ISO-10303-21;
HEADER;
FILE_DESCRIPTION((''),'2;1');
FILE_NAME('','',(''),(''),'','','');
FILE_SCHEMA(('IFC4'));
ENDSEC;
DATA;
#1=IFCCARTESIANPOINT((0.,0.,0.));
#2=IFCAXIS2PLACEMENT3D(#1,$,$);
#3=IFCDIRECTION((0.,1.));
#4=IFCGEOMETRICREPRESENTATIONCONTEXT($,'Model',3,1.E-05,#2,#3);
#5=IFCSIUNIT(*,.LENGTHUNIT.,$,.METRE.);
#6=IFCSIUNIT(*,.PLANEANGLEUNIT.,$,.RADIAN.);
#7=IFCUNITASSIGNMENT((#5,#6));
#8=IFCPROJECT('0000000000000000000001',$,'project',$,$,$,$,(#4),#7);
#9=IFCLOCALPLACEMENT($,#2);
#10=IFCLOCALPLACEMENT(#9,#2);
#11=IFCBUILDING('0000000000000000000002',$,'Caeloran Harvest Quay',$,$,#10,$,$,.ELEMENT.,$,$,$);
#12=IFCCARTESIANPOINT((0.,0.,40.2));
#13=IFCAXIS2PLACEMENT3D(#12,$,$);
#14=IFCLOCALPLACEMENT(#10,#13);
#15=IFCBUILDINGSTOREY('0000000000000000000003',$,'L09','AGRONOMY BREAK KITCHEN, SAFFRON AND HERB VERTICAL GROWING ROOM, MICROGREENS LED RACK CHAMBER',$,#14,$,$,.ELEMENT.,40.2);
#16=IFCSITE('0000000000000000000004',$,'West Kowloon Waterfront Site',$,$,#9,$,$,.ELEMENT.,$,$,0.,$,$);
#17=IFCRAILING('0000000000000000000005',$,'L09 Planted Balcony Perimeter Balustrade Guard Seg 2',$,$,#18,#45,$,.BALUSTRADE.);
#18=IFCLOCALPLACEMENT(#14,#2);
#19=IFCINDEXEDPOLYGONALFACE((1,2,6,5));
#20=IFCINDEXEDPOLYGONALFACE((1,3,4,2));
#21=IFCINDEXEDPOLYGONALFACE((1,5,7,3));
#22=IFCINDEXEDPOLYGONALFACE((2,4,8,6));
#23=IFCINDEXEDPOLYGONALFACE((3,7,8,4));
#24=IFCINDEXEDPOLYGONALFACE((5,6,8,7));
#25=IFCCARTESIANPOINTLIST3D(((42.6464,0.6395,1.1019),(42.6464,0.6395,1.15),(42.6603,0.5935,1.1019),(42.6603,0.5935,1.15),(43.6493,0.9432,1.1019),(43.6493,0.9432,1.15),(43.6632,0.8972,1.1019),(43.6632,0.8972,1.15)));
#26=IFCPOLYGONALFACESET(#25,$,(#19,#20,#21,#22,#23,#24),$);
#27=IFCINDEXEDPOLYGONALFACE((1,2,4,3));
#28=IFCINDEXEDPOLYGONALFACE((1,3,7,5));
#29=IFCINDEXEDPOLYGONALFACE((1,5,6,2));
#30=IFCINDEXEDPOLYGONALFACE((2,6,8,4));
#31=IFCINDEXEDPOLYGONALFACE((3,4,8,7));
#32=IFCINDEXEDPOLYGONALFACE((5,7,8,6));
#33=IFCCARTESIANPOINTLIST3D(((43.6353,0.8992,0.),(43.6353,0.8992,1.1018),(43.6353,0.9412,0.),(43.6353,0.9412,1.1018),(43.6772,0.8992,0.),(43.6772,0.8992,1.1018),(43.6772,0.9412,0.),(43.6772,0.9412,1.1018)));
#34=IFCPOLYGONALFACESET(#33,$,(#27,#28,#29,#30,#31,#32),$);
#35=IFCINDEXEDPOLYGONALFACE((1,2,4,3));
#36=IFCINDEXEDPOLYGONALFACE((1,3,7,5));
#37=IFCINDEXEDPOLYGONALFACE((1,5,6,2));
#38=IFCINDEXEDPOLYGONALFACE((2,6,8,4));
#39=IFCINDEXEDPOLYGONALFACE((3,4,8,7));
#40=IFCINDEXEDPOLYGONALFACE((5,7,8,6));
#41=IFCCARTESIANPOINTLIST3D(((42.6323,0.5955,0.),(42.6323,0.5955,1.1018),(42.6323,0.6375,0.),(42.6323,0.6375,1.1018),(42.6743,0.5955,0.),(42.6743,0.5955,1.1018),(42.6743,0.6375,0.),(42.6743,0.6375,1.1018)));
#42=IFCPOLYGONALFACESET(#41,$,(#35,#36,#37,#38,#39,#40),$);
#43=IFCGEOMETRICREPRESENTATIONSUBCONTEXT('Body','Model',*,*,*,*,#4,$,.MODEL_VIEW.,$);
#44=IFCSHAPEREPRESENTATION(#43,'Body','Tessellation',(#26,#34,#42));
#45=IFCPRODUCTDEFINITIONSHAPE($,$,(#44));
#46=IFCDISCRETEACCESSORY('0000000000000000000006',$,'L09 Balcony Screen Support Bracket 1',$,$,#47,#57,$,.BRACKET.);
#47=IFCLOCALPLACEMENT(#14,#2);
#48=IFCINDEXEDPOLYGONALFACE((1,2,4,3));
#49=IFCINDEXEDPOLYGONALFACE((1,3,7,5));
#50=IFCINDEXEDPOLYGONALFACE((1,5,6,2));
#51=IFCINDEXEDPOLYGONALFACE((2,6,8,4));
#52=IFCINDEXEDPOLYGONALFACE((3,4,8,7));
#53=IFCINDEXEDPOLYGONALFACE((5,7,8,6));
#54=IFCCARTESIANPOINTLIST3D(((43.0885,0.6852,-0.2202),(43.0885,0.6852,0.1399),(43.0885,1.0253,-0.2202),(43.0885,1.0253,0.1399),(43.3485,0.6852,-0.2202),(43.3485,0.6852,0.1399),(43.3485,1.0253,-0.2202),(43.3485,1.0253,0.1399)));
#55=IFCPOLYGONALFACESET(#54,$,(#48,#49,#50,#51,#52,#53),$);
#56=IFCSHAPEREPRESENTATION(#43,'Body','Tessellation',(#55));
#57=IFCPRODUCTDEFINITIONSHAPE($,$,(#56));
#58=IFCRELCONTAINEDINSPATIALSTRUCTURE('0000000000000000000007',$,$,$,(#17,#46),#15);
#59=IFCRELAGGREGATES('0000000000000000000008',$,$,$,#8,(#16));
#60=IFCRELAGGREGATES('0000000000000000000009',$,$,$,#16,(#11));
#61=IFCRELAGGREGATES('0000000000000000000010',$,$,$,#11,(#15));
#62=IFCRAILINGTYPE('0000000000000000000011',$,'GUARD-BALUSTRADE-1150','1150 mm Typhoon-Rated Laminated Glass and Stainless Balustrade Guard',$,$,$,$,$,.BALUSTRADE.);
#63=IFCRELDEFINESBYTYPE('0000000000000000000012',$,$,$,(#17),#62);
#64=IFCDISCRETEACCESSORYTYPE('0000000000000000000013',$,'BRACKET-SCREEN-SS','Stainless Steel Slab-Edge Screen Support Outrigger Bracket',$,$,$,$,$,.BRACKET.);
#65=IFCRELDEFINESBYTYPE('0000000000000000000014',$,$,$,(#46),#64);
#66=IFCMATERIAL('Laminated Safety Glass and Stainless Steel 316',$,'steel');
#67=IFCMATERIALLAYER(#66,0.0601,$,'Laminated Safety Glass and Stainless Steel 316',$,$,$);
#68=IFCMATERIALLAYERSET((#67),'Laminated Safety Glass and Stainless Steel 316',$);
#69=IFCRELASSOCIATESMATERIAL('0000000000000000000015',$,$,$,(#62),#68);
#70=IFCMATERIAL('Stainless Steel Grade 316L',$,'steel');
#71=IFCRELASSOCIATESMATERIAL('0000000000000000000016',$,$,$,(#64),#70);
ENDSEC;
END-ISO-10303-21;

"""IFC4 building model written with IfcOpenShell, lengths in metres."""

from ifc_helpers import new_model, si_unit, direction, frame, origin, origin_2d, place, context, subcontext, project, spatial, rectangle, extrude, material, layer, layer_set, type_object, element, save


model = new_model("IFC4")

# Units and contexts
model_context = context("Model", 3, precision=1e-05, world=origin(), true_north=direction((0.0, 1.0)))
body_context = subcontext(model_context, "Body", "Model", "MODEL_VIEW")
ifc_project = project(units=[si_unit("LENGTHUNIT", "METRE"), si_unit("PLANEANGLEUNIT", "RADIAN")], contexts=[model_context])

# Site, building, storey
site_placement = place(None, origin())
site = spatial("IfcSite", under=ifc_project, at=site_placement, Name="West Kowloon Waterfront Site", CompositionType="ELEMENT", RefElevation=0.0)
building_placement = place(site_placement, origin())
building = spatial("IfcBuilding", under=site, at=building_placement, Name="Caeloran Harvest Quay", CompositionType="ELEMENT")
storey_placement = place(building_placement, frame((0.0, 0.0, 40.2)))
storey = spatial("IfcBuildingStorey", under=building, at=storey_placement, Name="L09", Description="AGRONOMY BREAK KITCHEN, SAFFRON AND HERB VERTICAL GROWING ROOM, MICROGREENS LED RACK CHAMBER", CompositionType="ELEMENT", Elevation=40.2)

# Railing
ifc_material_1 = material(Name="Laminated Safety Glass and Stainless Steel 316", Category="steel")
ifc_layer_1 = layer(ifc_material_1, 0.0601, Name="Laminated Safety Glass and Stainless Steel 316")
ifc_layer_set_1 = layer_set([ifc_layer_1], Name="Laminated Safety Glass and Stainless Steel 316")
railing_type = type_object("IfcRailingType", Name="GUARD-BALUSTRADE-1150", Description="1150 mm Typhoon-Rated Laminated Glass and Stainless Balustrade Guard", PredefinedType="BALUSTRADE", material=ifc_layer_set_1)
railing_1_placement = place(storey_placement, frame((43.6562, 0.9202, 0.0)))
element("IfcRailing", 1, at=railing_1_placement, inside=storey, type_object=railing_type, Name="L09 Planted Balcony Perimeter Balustrade Guard Seg 2", PredefinedType="BALUSTRADE", context=body_context, shape_type="SweptSolid", body=[
    extrude(rectangle(XDim=0.0481, YDim=0.0481, at=origin_2d()), frame((0.0, 0.0, 1.126), z_axis=(-0.957079, -0.289826, 0.0), x_axis=(0.289826, -0.957079, 0.0)), (0.0, 0.0, 1.0), 1.0479),
    extrude(rectangle(XDim=0.042, YDim=0.042, at=origin_2d()), origin(), (0.0, 0.0, 1.0), 1.1018),
    extrude(rectangle(XDim=0.042, YDim=0.042, at=origin_2d()), frame((-1.0029, -0.3037, 0.0)), (0.0, 0.0, 1.0), 1.1018),
])

# Discrete accessory
ifc_material_2 = material(Name="Stainless Steel Grade 316L", Category="steel")
discrete_accessory_type = type_object("IfcDiscreteAccessoryType", Name="BRACKET-SCREEN-SS", Description="Stainless Steel Slab-Edge Screen Support Outrigger Bracket", PredefinedType="BRACKET", material=ifc_material_2)
discrete_accessory_placement = place(storey_placement, frame((43.2185, 0.8552, -0.2202), z_axis=(0.0, 0.0, 1.0), x_axis=(1.0, 0.0, 0.0)))
element("IfcDiscreteAccessory", 2, at=discrete_accessory_placement, inside=storey, type_object=discrete_accessory_type, Name="L09 Balcony Screen Support Bracket 1", PredefinedType="BRACKET", context=body_context, shape_type="SweptSolid", body=[
    extrude(rectangle(XDim=0.26, YDim=0.3401, at=origin_2d()), origin(), (0.0, 0.0, 1.0), 0.3601),
])

save(model, "model.ifc")
